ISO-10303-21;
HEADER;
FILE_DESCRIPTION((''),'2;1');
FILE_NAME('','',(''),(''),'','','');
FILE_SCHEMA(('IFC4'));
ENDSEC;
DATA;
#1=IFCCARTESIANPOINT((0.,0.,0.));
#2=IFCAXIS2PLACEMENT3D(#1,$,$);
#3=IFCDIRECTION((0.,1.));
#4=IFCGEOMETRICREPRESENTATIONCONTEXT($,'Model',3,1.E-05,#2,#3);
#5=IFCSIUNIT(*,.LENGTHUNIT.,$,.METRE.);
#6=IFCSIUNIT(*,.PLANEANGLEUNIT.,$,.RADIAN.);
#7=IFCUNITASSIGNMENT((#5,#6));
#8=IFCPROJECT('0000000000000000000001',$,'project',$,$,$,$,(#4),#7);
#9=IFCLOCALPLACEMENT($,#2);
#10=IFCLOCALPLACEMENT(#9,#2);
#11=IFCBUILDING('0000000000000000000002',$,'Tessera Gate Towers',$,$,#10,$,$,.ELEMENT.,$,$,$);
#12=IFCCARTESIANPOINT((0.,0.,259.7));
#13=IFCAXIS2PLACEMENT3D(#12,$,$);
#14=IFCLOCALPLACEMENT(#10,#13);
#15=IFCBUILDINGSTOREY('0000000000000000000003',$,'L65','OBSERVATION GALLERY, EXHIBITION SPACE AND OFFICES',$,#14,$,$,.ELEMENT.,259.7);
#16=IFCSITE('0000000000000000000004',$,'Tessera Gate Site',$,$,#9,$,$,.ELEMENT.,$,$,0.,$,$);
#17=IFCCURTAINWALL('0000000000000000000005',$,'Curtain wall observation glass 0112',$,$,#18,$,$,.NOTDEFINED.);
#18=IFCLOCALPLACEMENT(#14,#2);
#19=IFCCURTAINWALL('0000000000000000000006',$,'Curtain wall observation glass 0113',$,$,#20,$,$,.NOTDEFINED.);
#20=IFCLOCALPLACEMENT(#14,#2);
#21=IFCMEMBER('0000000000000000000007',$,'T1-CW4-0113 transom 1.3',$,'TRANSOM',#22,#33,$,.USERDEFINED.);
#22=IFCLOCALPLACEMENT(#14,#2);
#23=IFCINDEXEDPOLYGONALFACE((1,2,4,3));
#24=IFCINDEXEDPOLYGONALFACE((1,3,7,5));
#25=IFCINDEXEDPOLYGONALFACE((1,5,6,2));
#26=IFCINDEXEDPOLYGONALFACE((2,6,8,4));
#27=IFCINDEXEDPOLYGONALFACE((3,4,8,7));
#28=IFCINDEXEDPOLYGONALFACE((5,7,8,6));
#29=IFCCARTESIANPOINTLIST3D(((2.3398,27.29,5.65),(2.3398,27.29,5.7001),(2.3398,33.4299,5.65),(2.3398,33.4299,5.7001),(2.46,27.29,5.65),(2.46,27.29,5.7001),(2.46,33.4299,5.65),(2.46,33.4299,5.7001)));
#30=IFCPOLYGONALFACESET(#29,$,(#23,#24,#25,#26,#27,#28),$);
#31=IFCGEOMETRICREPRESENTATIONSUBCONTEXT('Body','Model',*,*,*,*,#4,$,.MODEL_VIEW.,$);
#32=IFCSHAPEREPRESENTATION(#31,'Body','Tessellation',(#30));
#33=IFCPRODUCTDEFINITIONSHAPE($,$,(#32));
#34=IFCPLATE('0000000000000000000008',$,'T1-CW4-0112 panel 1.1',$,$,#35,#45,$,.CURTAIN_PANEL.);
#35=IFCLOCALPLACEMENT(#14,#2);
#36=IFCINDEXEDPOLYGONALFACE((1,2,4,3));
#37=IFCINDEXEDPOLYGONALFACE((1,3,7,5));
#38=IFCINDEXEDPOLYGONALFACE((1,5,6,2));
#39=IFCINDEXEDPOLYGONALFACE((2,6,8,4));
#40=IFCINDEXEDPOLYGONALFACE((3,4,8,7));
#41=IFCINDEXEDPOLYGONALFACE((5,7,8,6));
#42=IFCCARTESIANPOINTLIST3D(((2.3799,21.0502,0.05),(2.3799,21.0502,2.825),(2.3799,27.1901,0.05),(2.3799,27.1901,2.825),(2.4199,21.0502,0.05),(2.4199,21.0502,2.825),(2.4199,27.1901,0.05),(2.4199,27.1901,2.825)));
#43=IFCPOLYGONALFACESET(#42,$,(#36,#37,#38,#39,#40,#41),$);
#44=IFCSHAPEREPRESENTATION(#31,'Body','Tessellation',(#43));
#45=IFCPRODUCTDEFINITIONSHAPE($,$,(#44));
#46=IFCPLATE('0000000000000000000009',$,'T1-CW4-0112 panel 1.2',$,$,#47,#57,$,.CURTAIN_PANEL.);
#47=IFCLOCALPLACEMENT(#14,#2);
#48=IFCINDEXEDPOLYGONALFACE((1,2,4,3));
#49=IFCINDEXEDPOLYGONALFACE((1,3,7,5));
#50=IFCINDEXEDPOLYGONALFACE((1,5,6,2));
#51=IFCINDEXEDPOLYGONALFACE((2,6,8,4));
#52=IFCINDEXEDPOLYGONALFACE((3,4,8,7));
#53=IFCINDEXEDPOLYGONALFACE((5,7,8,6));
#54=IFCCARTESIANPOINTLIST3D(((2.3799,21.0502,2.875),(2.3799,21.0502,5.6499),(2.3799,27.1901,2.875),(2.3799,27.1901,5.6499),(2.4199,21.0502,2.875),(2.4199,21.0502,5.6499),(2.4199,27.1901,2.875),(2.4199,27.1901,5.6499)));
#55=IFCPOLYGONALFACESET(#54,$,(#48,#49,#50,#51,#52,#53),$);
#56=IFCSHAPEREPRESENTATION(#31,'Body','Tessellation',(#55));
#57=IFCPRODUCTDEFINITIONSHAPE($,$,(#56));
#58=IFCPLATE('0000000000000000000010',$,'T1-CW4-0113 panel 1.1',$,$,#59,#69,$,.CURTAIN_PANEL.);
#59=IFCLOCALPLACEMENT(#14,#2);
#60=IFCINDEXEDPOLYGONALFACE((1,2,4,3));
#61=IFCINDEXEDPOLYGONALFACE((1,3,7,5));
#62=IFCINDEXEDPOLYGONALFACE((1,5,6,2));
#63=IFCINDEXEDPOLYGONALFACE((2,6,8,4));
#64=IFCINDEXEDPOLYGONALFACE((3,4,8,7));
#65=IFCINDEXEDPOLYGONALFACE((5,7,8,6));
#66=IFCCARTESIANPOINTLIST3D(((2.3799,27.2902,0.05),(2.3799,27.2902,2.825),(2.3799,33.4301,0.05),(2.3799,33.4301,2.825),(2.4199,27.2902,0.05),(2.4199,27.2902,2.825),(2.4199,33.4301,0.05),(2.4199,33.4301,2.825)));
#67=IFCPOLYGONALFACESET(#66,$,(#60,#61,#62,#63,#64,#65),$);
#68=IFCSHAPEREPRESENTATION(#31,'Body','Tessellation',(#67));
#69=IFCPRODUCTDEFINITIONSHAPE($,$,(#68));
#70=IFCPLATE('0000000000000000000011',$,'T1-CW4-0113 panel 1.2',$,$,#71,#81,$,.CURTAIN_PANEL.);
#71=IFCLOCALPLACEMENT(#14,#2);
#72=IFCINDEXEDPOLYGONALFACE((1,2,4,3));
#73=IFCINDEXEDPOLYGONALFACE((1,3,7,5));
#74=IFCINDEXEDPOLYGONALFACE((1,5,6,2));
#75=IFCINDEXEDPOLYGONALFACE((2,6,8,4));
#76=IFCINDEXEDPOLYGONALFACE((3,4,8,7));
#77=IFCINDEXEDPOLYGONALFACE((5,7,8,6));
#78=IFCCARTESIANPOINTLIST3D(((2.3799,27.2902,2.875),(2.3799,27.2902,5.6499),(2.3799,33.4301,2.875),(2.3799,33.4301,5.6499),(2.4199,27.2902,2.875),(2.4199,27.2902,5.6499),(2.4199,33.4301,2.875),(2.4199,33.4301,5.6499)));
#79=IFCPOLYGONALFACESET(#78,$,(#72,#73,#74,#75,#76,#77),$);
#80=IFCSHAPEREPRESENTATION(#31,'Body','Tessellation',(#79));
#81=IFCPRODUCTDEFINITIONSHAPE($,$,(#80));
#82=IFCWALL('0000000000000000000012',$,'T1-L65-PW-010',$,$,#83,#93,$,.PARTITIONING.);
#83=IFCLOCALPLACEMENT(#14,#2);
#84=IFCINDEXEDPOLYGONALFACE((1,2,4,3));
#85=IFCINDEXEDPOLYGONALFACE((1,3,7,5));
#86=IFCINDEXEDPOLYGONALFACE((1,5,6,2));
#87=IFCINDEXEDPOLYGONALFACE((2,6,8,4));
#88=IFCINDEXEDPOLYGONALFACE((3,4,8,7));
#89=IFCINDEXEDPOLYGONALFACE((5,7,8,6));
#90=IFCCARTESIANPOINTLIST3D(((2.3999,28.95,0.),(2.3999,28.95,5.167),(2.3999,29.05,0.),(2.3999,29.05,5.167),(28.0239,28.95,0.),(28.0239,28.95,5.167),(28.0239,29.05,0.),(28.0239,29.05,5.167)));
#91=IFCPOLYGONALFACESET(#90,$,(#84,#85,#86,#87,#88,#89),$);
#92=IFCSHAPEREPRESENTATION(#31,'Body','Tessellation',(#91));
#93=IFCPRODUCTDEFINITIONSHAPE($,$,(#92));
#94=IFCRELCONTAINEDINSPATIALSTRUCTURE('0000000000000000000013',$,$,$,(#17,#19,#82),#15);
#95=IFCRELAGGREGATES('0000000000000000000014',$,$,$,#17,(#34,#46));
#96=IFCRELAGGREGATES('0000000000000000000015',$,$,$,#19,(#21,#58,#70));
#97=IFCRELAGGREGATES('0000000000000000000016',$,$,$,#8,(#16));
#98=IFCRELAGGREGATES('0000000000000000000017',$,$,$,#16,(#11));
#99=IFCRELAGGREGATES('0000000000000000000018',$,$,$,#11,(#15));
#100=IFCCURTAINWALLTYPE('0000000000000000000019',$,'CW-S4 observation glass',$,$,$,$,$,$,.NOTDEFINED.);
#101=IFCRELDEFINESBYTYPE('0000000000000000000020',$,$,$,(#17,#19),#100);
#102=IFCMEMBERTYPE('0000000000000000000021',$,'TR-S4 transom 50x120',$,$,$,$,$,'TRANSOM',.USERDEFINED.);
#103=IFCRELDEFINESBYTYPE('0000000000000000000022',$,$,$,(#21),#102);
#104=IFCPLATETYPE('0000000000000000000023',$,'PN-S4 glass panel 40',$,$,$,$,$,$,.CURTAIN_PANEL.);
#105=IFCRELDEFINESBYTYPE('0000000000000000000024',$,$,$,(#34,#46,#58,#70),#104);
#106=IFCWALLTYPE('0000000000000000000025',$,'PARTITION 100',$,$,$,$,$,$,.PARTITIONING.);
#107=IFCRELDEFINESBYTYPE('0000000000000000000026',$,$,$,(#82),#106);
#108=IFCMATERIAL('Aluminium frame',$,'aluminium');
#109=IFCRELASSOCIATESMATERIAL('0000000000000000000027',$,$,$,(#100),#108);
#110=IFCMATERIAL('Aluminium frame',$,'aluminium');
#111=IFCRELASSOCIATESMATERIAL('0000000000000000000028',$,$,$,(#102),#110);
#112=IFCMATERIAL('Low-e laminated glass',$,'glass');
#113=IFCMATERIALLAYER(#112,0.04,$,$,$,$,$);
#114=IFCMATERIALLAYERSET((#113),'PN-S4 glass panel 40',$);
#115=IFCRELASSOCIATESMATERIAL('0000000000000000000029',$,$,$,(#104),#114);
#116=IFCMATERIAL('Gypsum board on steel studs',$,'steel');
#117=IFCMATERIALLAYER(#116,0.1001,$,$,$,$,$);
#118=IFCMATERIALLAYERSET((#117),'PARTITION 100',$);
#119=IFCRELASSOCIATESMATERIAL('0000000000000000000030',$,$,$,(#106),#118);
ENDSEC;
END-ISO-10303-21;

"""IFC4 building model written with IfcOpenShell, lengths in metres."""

from ifc_helpers import new_model, si_unit, direction, frame, frame_2d, origin, origin_2d, place, context, subcontext, project, spatial, rectangle, extrude, material, layer, layer_set, material_profile, profile_set, type_object, element, aggregate, save


model = new_model("IFC4")

# Units and contexts
model_context = context("Model", 3, precision=1e-05, world=origin(), true_north=direction((0.0, 1.0)))
body_context = subcontext(model_context, "Body", "Model", "MODEL_VIEW")
ifc_project = project(units=[si_unit("LENGTHUNIT", "METRE"), si_unit("PLANEANGLEUNIT", "RADIAN")], contexts=[model_context])

# Site, building, storey
site_placement = place(None, origin())
site = spatial("IfcSite", under=ifc_project, at=site_placement, Name="Tessera Gate Site", CompositionType="ELEMENT", RefElevation=0.0)
building_placement = place(site_placement, origin())
building = spatial("IfcBuilding", under=site, at=building_placement, Name="Tessera Gate Towers", CompositionType="ELEMENT")
storey_placement = place(building_placement, frame((0.0, 0.0, 259.7)))
storey = spatial("IfcBuildingStorey", under=building, at=storey_placement, Name="L65", Description="OBSERVATION GALLERY, EXHIBITION SPACE AND OFFICES", CompositionType="ELEMENT", Elevation=259.7)

# Curtain wall
ifc_material_1 = material(Name="Aluminium frame", Category="aluminium")
curtain_wall_type = type_object("IfcCurtainWallType", Name="CW-S4 observation glass", PredefinedType="NOTDEFINED", material=ifc_material_1)
curtain_wall_1_placement = place(storey_placement, origin())
curtain_wall_1 = element("IfcCurtainWall", 1, at=curtain_wall_1_placement, inside=storey, type_object=curtain_wall_type, Name="Curtain wall observation glass 0112", PredefinedType="NOTDEFINED")

# Curtain wall
curtain_wall_2_placement = place(storey_placement, origin())
curtain_wall_2 = element("IfcCurtainWall", 2, at=curtain_wall_2_placement, inside=storey, type_object=curtain_wall_type, Name="Curtain wall observation glass 0113", PredefinedType="NOTDEFINED")

# Member
ifc_material_2 = material(Name="Aluminium frame", Category="aluminium")
ifc_material_profile_1 = material_profile(ifc_material_2, rectangle(XDim=0.1201, YDim=0.05, at=origin_2d()), Name="AL 50x120")
ifc_profile_set_1 = profile_set([ifc_material_profile_1], Name="Aluminium frame")
member_type_1 = type_object("IfcMemberType", Name="TR-S4 transom 50x120", ElementType="TRANSOM", PredefinedType="USERDEFINED", material=ifc_profile_set_1)
member_1_placement = place(storey_placement, frame((2.3999, 27.29, 5.675), z_axis=(0.0, 1.0, 0.0), x_axis=(-1.0, 0.0, 0.0)))
member_1 = element("IfcMember", 3, at=member_1_placement, type_object=member_type_1, Name="T1-CW4-0113 transom 1.3", ObjectType="TRANSOM", PredefinedType="USERDEFINED", context=body_context, shape_type="SweptSolid", body=[
    extrude(rectangle(XDim=0.1201, YDim=0.05, at=origin_2d()), origin(), (0.0, 0.0, 1.0), 6.1399),
])

# Plates
ifc_material_3 = material(Name="Low-e laminated glass", Category="glass")
ifc_layer_1 = layer(ifc_material_3, 0.04)
ifc_layer_set_1 = layer_set([ifc_layer_1], Name="PN-S4 glass panel 40")
plate_type_1 = type_object("IfcPlateType", Name="PN-S4 glass panel 40", PredefinedType="CURTAIN_PANEL", material=ifc_layer_set_1)
plate_1_placement = place(storey_placement, frame((2.3999, 24.1201, 0.05), z_axis=(0.0, 0.0, 1.0), x_axis=(0.0, 1.0, 0.0)))
plate_1 = element("IfcPlate", 4, at=plate_1_placement, type_object=plate_type_1, Name="T1-CW4-0112 panel 1.1", PredefinedType="CURTAIN_PANEL", context=body_context, shape_type="SweptSolid", body=[
    extrude(rectangle(XDim=6.1399, YDim=0.04, at=origin_2d()), origin(), (0.0, 0.0, 1.0), 2.7749),
])
plate_2_placement = place(storey_placement, frame((2.3999, 24.1201, 2.875), z_axis=(0.0, 0.0, 1.0), x_axis=(0.0, 1.0, 0.0)))
plate_2 = element("IfcPlate", 5, at=plate_2_placement, type_object=plate_type_1, Name="T1-CW4-0112 panel 1.2", PredefinedType="CURTAIN_PANEL", context=body_context, shape_type="SweptSolid", body=[
    extrude(rectangle(XDim=6.1399, YDim=0.04, at=origin_2d()), origin(), (0.0, 0.0, 1.0), 2.7749),
])
aggregate(curtain_wall_1, [plate_1, plate_2])
plate_3_placement = place(storey_placement, frame((2.3999, 30.3601, 0.05), z_axis=(0.0, 0.0, 1.0), x_axis=(0.0, 1.0, 0.0)))
plate_3 = element("IfcPlate", 6, at=plate_3_placement, type_object=plate_type_1, Name="T1-CW4-0113 panel 1.1", PredefinedType="CURTAIN_PANEL", context=body_context, shape_type="SweptSolid", body=[
    extrude(rectangle(XDim=6.1399, YDim=0.04, at=origin_2d()), origin(), (0.0, 0.0, 1.0), 2.7749),
])
plate_4_placement = place(storey_placement, frame((2.3999, 30.3601, 2.875), z_axis=(0.0, 0.0, 1.0), x_axis=(0.0, 1.0, 0.0)))
plate_4 = element("IfcPlate", 7, at=plate_4_placement, type_object=plate_type_1, Name="T1-CW4-0113 panel 1.2", PredefinedType="CURTAIN_PANEL", context=body_context, shape_type="SweptSolid", body=[
    extrude(rectangle(XDim=6.1399, YDim=0.04, at=origin_2d()), origin(), (0.0, 0.0, 1.0), 2.7749),
])
aggregate(curtain_wall_2, [member_1, plate_3, plate_4])

# Wall
ifc_material_4 = material(Name="Gypsum board on steel studs", Category="steel")
ifc_layer_2 = layer(ifc_material_4, 0.1001)
ifc_layer_set_2 = layer_set([ifc_layer_2], Name="PARTITION 100")
wall_type_1 = type_object("IfcWallType", Name="PARTITION 100", PredefinedType="PARTITIONING", material=ifc_layer_set_2)
wall_1_placement = place(storey_placement, frame((2.3999, 29.0, 0.0), z_axis=(0.0, 0.0, 1.0), x_axis=(1.0, 0.0, 0.0)))
element("IfcWall", 8, at=wall_1_placement, inside=storey, type_object=wall_type_1, Name="T1-L65-PW-010", PredefinedType="PARTITIONING", context=body_context, shape_type="SweptSolid", body=[
    extrude(rectangle(XDim=25.624, YDim=0.1001, at=frame_2d((12.812, 0.0))), origin(), (0.0, 0.0, 1.0), 5.167),
])

save(model, "model.ifc")
